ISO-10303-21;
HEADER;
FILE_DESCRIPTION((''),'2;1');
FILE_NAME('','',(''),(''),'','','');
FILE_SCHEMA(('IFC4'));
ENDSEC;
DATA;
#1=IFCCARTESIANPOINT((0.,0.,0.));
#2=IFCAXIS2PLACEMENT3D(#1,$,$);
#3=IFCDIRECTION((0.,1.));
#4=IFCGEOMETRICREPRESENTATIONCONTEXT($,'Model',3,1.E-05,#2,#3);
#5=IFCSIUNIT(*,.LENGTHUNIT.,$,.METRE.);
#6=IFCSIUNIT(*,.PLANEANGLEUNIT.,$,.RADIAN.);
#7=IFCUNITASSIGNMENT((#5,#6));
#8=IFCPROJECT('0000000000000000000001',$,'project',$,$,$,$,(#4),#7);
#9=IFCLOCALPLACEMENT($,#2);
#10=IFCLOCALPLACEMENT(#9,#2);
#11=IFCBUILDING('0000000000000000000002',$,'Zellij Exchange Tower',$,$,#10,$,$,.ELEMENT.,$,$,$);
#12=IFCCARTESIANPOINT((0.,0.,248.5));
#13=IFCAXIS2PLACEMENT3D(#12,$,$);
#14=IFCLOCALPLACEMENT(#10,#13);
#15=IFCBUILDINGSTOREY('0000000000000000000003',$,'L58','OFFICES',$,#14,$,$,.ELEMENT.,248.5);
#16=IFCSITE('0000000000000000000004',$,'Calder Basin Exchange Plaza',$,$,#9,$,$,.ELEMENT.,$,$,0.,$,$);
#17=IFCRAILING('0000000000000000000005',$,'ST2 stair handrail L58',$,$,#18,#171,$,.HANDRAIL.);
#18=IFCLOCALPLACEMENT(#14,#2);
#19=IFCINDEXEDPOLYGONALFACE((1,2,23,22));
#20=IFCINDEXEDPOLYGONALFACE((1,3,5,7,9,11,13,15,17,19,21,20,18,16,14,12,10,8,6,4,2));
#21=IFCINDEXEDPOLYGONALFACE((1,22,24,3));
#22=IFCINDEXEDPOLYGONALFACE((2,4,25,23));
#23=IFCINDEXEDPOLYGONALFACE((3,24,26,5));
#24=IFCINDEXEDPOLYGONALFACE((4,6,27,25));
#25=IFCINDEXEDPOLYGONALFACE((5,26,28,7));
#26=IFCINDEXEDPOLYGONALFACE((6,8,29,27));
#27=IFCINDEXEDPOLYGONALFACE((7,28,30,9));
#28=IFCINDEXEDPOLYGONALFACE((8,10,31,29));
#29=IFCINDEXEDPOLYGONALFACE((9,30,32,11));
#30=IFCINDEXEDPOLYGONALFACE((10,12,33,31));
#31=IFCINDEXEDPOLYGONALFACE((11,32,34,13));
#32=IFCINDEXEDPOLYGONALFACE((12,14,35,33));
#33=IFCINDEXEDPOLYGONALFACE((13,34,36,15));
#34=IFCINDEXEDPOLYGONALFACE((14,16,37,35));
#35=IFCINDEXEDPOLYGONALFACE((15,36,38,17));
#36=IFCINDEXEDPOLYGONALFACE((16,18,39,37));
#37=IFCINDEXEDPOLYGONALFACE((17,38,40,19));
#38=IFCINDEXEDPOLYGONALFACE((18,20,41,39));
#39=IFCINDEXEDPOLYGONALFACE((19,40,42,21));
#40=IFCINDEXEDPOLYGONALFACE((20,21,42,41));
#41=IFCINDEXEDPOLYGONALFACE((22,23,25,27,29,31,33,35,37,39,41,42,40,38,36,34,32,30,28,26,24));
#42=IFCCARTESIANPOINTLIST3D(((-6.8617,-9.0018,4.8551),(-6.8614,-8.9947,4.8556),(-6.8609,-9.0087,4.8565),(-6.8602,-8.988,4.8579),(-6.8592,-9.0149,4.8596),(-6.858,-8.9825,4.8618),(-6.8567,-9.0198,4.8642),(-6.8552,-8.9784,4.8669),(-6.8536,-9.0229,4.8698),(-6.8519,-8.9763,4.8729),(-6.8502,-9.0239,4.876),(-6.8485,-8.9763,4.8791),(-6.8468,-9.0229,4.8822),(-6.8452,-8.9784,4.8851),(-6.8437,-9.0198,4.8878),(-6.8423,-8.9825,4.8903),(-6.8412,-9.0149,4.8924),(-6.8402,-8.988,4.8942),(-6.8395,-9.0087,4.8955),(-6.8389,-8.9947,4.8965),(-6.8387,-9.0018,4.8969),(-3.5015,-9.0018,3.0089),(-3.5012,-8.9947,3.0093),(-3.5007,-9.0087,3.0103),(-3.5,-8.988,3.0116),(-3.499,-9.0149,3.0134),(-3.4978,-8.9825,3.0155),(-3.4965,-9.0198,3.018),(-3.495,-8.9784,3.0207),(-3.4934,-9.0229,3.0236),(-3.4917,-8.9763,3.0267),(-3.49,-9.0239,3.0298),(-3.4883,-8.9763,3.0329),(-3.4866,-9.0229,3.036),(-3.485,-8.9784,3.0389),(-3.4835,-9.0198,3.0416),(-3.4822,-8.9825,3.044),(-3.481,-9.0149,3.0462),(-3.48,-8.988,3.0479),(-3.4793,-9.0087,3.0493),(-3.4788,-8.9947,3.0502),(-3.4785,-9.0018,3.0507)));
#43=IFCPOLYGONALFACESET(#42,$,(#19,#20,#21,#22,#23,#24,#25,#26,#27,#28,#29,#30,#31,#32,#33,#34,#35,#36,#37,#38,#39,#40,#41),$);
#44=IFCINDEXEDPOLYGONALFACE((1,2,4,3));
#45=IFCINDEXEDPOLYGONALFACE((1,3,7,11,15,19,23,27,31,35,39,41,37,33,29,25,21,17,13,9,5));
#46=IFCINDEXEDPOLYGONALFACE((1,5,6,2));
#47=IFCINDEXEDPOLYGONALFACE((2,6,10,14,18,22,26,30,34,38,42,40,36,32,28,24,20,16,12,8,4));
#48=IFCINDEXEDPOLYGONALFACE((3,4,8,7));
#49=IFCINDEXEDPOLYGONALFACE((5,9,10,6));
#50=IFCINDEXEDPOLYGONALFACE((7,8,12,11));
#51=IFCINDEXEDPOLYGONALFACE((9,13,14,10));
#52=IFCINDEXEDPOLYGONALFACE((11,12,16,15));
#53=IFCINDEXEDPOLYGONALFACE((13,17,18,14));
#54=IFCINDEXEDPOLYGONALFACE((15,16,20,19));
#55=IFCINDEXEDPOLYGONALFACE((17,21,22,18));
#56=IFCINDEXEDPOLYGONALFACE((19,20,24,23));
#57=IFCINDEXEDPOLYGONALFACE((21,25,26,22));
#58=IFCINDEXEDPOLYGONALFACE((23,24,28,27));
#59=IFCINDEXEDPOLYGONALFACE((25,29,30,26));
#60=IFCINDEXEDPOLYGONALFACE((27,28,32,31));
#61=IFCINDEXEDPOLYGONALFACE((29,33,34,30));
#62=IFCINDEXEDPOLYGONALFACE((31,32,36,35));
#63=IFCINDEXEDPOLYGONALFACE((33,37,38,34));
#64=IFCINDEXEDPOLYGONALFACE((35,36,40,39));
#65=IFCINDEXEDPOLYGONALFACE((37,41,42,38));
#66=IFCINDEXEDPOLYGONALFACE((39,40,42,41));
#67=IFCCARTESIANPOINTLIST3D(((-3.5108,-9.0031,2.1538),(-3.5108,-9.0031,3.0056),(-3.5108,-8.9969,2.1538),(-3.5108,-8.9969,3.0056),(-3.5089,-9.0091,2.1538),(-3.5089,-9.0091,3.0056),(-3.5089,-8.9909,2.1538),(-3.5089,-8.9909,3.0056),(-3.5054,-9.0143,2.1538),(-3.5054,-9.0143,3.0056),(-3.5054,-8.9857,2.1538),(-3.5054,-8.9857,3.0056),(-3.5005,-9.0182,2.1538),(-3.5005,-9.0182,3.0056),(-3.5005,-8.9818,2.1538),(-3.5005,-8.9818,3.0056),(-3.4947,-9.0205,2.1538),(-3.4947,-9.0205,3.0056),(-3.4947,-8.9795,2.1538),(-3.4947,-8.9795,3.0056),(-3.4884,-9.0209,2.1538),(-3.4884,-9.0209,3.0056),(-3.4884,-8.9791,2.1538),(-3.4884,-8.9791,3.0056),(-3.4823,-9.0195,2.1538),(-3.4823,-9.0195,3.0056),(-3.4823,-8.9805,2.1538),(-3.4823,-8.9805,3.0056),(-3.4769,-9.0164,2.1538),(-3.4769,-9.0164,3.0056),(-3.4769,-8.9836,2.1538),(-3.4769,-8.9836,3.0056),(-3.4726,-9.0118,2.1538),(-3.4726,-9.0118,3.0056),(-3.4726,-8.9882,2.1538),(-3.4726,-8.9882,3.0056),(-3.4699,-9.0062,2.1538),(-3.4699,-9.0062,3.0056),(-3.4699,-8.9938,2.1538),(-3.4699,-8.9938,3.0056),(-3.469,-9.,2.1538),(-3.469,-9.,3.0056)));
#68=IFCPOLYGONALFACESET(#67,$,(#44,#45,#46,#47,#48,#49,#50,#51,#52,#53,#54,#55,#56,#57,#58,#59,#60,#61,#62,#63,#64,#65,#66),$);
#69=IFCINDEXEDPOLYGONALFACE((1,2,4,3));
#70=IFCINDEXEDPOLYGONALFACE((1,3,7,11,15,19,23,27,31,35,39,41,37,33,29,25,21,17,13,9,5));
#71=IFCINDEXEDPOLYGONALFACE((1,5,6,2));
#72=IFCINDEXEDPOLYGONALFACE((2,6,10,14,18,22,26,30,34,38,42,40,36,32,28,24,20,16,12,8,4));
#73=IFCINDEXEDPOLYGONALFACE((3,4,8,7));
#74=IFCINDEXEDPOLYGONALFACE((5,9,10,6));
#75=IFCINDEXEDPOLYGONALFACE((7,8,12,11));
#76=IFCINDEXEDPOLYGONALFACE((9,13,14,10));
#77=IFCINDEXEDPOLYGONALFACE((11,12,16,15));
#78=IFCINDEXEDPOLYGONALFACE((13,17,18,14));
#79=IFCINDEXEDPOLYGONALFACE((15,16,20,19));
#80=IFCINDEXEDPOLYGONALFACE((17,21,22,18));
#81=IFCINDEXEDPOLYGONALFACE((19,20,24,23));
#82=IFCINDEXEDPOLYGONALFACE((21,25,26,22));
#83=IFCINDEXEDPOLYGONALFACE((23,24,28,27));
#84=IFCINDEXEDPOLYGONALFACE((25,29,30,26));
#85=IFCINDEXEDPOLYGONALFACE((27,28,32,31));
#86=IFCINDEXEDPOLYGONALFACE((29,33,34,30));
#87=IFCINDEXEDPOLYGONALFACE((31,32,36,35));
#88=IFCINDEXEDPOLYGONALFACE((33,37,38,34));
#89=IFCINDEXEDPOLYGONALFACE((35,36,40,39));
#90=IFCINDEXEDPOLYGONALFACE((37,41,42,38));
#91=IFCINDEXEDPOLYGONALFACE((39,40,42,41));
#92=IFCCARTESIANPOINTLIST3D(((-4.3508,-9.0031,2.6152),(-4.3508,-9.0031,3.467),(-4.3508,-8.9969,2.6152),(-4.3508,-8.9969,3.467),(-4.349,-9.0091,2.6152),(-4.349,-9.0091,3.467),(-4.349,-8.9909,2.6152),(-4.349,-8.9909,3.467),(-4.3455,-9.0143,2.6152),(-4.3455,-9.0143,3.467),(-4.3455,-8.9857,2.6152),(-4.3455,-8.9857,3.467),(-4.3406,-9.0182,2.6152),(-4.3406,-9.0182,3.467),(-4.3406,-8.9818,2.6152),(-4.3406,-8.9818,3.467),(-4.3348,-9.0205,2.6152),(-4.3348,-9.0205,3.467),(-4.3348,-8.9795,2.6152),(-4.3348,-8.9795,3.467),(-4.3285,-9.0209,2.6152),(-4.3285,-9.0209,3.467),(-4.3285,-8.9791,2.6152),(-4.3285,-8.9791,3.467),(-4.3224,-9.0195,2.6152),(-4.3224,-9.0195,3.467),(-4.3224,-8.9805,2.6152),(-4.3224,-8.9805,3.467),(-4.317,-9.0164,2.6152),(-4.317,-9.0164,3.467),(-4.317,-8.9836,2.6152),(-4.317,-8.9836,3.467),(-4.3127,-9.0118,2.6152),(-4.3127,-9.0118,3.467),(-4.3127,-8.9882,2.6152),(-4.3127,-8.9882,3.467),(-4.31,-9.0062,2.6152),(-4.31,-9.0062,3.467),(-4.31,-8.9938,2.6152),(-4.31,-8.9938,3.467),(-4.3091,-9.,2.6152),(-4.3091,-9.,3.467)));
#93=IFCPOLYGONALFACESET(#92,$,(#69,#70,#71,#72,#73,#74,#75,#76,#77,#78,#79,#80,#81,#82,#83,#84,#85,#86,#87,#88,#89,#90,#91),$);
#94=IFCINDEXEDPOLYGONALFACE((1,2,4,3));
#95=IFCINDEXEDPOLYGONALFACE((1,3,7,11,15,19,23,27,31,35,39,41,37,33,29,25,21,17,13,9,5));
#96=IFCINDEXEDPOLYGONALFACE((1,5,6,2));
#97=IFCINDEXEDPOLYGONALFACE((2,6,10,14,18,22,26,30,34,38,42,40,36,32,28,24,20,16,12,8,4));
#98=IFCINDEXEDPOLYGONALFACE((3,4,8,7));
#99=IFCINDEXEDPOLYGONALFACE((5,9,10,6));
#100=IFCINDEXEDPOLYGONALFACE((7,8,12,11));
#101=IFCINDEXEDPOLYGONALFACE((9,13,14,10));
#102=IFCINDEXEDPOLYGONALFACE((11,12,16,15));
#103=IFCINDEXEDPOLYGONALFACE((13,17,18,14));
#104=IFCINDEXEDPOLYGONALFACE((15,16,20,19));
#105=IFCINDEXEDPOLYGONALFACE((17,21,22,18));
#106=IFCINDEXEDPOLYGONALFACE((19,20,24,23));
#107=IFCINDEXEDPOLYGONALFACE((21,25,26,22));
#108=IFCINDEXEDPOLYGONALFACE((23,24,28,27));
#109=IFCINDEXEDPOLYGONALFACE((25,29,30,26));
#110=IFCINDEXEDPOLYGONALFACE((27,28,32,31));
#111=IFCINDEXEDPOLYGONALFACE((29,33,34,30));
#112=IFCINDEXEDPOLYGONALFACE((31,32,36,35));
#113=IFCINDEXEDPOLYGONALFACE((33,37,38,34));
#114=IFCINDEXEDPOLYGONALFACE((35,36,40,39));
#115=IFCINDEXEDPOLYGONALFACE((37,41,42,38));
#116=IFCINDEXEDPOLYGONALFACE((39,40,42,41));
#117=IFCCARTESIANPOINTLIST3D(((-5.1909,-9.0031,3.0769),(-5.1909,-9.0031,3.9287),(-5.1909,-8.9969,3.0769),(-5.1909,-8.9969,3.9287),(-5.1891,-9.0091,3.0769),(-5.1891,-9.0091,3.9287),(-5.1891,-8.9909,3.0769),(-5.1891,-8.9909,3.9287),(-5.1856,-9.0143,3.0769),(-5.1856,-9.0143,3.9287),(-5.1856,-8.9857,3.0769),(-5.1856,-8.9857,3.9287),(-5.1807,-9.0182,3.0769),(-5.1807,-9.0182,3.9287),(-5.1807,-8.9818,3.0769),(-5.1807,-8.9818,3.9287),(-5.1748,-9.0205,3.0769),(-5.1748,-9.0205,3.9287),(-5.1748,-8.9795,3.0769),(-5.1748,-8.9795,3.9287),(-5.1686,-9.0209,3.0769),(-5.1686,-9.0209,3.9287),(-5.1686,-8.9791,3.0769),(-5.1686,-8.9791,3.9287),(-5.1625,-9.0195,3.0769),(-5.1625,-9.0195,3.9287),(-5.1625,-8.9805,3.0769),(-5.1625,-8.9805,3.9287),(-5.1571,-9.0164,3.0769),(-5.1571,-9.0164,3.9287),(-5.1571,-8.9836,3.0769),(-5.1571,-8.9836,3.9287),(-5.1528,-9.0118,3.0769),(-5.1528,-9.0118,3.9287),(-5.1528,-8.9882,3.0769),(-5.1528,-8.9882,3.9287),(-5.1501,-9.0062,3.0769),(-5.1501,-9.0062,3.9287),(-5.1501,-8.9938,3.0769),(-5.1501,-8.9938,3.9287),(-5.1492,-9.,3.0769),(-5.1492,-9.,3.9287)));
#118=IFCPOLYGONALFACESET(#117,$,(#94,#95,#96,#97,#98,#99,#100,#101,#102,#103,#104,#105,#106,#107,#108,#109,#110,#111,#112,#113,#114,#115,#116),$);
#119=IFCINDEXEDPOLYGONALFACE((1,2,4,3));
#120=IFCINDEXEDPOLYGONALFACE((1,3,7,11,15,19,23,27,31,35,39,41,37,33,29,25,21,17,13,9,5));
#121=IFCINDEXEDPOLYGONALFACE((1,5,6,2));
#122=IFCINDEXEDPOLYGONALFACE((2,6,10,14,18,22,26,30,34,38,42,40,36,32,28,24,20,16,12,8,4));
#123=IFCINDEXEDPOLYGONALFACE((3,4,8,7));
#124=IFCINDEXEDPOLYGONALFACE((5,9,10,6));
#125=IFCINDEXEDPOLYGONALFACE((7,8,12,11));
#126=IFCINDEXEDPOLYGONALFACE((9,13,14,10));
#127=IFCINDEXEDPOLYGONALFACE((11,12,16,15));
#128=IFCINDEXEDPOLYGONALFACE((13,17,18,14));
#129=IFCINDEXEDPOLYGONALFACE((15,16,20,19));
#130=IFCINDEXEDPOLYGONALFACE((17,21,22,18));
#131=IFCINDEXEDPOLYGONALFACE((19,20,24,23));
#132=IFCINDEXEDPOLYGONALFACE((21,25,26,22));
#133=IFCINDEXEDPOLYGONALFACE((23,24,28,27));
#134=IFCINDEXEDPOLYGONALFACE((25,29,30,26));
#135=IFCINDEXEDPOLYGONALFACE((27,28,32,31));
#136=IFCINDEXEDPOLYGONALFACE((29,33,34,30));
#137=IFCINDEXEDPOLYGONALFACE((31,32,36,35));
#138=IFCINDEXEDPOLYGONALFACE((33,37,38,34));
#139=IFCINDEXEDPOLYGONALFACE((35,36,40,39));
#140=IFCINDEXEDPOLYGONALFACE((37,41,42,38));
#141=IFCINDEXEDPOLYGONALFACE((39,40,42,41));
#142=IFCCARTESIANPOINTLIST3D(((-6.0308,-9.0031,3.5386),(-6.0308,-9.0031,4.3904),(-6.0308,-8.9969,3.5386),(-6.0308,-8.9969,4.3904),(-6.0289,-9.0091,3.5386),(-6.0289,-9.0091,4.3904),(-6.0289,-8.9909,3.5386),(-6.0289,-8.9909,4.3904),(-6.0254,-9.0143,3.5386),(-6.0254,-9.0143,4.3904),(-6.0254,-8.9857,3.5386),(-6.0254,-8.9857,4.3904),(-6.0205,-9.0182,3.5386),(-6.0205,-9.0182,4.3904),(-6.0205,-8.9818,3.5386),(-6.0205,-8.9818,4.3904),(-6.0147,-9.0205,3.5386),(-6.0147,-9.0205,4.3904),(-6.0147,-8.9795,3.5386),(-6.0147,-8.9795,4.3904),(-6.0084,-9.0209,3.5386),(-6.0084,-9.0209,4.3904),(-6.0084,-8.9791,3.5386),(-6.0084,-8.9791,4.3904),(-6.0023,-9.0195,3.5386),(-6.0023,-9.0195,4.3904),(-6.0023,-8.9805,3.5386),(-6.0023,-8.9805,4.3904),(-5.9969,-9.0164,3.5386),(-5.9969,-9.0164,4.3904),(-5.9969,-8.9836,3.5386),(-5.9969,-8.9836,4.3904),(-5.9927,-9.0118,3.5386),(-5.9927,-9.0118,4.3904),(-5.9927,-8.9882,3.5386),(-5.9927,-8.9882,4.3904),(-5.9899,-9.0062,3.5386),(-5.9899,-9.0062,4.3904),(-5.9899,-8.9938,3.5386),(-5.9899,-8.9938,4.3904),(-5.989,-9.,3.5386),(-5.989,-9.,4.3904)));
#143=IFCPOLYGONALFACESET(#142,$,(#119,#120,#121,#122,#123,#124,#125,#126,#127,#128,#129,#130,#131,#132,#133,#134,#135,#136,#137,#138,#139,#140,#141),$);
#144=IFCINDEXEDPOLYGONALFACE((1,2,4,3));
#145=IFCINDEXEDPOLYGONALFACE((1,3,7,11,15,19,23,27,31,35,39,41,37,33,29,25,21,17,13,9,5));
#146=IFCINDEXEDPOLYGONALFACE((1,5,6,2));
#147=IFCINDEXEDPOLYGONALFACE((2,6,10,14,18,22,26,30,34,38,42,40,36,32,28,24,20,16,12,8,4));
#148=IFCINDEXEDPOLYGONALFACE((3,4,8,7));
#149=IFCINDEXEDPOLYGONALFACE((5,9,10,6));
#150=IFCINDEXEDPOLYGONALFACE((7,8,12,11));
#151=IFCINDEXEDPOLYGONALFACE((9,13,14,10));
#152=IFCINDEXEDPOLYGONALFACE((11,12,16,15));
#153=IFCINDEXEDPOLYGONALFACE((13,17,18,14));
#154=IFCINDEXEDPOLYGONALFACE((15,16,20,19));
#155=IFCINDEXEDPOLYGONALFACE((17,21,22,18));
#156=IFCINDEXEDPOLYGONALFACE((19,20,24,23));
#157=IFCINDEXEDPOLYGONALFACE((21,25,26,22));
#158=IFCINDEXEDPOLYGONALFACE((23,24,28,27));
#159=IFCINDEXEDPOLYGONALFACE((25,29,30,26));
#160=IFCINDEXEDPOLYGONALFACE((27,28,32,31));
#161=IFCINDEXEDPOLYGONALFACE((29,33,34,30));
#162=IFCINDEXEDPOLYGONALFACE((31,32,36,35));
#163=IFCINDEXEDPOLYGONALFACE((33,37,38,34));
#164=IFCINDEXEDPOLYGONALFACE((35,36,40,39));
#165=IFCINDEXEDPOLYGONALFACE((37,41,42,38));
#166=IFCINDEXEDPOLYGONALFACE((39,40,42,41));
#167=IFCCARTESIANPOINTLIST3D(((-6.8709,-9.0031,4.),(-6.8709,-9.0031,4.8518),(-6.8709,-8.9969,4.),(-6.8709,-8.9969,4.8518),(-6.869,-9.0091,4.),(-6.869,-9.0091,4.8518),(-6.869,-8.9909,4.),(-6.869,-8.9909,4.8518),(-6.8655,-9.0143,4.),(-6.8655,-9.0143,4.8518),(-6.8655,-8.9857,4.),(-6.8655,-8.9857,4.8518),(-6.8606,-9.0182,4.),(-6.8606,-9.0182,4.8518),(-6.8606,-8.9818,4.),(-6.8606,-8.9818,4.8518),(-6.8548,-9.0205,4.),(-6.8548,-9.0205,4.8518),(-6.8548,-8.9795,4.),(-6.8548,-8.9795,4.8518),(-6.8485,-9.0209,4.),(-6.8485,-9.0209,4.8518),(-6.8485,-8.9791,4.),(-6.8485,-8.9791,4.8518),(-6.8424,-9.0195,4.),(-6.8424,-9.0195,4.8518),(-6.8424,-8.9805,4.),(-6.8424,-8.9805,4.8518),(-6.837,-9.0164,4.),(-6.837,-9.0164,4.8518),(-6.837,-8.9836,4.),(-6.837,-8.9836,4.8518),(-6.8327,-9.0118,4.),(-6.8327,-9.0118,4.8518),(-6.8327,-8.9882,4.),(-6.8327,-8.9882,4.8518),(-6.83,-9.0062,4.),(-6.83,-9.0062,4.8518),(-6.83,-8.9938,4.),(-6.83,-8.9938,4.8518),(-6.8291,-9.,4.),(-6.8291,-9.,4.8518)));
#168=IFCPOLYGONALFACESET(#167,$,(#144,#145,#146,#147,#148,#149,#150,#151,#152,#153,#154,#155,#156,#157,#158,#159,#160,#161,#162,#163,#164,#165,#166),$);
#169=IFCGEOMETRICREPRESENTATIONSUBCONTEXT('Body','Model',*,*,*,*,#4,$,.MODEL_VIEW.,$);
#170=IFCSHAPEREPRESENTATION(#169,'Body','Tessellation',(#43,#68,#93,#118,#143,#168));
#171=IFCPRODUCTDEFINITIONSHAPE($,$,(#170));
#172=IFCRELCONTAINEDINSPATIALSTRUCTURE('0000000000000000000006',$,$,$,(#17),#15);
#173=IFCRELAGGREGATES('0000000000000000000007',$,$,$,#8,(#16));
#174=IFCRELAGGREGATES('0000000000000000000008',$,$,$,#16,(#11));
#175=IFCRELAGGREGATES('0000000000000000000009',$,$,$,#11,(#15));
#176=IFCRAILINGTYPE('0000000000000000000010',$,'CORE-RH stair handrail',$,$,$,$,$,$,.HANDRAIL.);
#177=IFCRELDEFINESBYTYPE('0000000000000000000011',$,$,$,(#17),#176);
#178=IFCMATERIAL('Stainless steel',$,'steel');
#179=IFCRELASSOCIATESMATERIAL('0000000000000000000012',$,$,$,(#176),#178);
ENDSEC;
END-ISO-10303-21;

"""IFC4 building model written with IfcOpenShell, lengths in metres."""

from ifc_helpers import new_model, si_unit, direction, frame, origin, origin_2d, place, context, subcontext, project, spatial, circle, extrude, material, type_object, element, save


model = new_model("IFC4")

# Units and contexts
model_context = context("Model", 3, precision=1e-05, world=origin(), true_north=direction((0.0, 1.0)))
body_context = subcontext(model_context, "Body", "Model", "MODEL_VIEW")
ifc_project = project(units=[si_unit("LENGTHUNIT", "METRE"), si_unit("PLANEANGLEUNIT", "RADIAN")], contexts=[model_context])

# Site, building, storey
site_placement = place(None, origin())
site = spatial("IfcSite", under=ifc_project, at=site_placement, Name="Calder Basin Exchange Plaza", CompositionType="ELEMENT", RefElevation=0.0)
building_placement = place(site_placement, origin())
building = spatial("IfcBuilding", under=site, at=building_placement, Name="Zellij Exchange Tower", CompositionType="ELEMENT")
storey_placement = place(building_placement, frame((0.0, 0.0, 248.5)))
storey = spatial("IfcBuildingStorey", under=building, at=storey_placement, Name="L58", Description="OFFICES", CompositionType="ELEMENT", Elevation=248.5)

# Railing
ifc_material_1 = material(Name="Stainless steel", Category="steel")
railing_type_1 = type_object("IfcRailingType", Name="CORE-RH stair handrail", PredefinedType="HANDRAIL", material=ifc_material_1)
railing_1_placement = place(storey_placement, frame((-3.49, -9.0, 2.1538)))
element("IfcRailing", 1, at=railing_1_placement, inside=storey, type_object=railing_type_1, Name="ST2 stair handrail L58", PredefinedType="HANDRAIL", context=body_context, shape_type="SweptSolid", body=[
    extrude(circle(Radius=0.0239, at=origin_2d()), frame((0.0, 0.0, 0.876), z_axis=(-0.876422, 0.0, 0.481545), x_axis=(0.0, -1.0, 0.0)), (0.0, 0.0, 1.0), 3.834),
    extrude(circle(Radius=0.021, at=origin_2d()), origin(), (0.0, 0.0, 1.0), 0.8518),
    extrude(circle(Radius=0.021, at=origin_2d()), frame((-0.8401, 0.0, 0.4614)), (0.0, 0.0, 1.0), 0.8518),
    extrude(circle(Radius=0.021, at=origin_2d()), frame((-1.6802, 0.0, 0.9231)), (0.0, 0.0, 1.0), 0.8518),
    extrude(circle(Radius=0.021, at=origin_2d()), frame((-2.52, 0.0, 1.3848)), (0.0, 0.0, 1.0), 0.8518),
    extrude(circle(Radius=0.021, at=origin_2d()), frame((-3.3601, 0.0, 1.8462)), (0.0, 0.0, 1.0), 0.8518),
])

save(model, "model.ifc")
